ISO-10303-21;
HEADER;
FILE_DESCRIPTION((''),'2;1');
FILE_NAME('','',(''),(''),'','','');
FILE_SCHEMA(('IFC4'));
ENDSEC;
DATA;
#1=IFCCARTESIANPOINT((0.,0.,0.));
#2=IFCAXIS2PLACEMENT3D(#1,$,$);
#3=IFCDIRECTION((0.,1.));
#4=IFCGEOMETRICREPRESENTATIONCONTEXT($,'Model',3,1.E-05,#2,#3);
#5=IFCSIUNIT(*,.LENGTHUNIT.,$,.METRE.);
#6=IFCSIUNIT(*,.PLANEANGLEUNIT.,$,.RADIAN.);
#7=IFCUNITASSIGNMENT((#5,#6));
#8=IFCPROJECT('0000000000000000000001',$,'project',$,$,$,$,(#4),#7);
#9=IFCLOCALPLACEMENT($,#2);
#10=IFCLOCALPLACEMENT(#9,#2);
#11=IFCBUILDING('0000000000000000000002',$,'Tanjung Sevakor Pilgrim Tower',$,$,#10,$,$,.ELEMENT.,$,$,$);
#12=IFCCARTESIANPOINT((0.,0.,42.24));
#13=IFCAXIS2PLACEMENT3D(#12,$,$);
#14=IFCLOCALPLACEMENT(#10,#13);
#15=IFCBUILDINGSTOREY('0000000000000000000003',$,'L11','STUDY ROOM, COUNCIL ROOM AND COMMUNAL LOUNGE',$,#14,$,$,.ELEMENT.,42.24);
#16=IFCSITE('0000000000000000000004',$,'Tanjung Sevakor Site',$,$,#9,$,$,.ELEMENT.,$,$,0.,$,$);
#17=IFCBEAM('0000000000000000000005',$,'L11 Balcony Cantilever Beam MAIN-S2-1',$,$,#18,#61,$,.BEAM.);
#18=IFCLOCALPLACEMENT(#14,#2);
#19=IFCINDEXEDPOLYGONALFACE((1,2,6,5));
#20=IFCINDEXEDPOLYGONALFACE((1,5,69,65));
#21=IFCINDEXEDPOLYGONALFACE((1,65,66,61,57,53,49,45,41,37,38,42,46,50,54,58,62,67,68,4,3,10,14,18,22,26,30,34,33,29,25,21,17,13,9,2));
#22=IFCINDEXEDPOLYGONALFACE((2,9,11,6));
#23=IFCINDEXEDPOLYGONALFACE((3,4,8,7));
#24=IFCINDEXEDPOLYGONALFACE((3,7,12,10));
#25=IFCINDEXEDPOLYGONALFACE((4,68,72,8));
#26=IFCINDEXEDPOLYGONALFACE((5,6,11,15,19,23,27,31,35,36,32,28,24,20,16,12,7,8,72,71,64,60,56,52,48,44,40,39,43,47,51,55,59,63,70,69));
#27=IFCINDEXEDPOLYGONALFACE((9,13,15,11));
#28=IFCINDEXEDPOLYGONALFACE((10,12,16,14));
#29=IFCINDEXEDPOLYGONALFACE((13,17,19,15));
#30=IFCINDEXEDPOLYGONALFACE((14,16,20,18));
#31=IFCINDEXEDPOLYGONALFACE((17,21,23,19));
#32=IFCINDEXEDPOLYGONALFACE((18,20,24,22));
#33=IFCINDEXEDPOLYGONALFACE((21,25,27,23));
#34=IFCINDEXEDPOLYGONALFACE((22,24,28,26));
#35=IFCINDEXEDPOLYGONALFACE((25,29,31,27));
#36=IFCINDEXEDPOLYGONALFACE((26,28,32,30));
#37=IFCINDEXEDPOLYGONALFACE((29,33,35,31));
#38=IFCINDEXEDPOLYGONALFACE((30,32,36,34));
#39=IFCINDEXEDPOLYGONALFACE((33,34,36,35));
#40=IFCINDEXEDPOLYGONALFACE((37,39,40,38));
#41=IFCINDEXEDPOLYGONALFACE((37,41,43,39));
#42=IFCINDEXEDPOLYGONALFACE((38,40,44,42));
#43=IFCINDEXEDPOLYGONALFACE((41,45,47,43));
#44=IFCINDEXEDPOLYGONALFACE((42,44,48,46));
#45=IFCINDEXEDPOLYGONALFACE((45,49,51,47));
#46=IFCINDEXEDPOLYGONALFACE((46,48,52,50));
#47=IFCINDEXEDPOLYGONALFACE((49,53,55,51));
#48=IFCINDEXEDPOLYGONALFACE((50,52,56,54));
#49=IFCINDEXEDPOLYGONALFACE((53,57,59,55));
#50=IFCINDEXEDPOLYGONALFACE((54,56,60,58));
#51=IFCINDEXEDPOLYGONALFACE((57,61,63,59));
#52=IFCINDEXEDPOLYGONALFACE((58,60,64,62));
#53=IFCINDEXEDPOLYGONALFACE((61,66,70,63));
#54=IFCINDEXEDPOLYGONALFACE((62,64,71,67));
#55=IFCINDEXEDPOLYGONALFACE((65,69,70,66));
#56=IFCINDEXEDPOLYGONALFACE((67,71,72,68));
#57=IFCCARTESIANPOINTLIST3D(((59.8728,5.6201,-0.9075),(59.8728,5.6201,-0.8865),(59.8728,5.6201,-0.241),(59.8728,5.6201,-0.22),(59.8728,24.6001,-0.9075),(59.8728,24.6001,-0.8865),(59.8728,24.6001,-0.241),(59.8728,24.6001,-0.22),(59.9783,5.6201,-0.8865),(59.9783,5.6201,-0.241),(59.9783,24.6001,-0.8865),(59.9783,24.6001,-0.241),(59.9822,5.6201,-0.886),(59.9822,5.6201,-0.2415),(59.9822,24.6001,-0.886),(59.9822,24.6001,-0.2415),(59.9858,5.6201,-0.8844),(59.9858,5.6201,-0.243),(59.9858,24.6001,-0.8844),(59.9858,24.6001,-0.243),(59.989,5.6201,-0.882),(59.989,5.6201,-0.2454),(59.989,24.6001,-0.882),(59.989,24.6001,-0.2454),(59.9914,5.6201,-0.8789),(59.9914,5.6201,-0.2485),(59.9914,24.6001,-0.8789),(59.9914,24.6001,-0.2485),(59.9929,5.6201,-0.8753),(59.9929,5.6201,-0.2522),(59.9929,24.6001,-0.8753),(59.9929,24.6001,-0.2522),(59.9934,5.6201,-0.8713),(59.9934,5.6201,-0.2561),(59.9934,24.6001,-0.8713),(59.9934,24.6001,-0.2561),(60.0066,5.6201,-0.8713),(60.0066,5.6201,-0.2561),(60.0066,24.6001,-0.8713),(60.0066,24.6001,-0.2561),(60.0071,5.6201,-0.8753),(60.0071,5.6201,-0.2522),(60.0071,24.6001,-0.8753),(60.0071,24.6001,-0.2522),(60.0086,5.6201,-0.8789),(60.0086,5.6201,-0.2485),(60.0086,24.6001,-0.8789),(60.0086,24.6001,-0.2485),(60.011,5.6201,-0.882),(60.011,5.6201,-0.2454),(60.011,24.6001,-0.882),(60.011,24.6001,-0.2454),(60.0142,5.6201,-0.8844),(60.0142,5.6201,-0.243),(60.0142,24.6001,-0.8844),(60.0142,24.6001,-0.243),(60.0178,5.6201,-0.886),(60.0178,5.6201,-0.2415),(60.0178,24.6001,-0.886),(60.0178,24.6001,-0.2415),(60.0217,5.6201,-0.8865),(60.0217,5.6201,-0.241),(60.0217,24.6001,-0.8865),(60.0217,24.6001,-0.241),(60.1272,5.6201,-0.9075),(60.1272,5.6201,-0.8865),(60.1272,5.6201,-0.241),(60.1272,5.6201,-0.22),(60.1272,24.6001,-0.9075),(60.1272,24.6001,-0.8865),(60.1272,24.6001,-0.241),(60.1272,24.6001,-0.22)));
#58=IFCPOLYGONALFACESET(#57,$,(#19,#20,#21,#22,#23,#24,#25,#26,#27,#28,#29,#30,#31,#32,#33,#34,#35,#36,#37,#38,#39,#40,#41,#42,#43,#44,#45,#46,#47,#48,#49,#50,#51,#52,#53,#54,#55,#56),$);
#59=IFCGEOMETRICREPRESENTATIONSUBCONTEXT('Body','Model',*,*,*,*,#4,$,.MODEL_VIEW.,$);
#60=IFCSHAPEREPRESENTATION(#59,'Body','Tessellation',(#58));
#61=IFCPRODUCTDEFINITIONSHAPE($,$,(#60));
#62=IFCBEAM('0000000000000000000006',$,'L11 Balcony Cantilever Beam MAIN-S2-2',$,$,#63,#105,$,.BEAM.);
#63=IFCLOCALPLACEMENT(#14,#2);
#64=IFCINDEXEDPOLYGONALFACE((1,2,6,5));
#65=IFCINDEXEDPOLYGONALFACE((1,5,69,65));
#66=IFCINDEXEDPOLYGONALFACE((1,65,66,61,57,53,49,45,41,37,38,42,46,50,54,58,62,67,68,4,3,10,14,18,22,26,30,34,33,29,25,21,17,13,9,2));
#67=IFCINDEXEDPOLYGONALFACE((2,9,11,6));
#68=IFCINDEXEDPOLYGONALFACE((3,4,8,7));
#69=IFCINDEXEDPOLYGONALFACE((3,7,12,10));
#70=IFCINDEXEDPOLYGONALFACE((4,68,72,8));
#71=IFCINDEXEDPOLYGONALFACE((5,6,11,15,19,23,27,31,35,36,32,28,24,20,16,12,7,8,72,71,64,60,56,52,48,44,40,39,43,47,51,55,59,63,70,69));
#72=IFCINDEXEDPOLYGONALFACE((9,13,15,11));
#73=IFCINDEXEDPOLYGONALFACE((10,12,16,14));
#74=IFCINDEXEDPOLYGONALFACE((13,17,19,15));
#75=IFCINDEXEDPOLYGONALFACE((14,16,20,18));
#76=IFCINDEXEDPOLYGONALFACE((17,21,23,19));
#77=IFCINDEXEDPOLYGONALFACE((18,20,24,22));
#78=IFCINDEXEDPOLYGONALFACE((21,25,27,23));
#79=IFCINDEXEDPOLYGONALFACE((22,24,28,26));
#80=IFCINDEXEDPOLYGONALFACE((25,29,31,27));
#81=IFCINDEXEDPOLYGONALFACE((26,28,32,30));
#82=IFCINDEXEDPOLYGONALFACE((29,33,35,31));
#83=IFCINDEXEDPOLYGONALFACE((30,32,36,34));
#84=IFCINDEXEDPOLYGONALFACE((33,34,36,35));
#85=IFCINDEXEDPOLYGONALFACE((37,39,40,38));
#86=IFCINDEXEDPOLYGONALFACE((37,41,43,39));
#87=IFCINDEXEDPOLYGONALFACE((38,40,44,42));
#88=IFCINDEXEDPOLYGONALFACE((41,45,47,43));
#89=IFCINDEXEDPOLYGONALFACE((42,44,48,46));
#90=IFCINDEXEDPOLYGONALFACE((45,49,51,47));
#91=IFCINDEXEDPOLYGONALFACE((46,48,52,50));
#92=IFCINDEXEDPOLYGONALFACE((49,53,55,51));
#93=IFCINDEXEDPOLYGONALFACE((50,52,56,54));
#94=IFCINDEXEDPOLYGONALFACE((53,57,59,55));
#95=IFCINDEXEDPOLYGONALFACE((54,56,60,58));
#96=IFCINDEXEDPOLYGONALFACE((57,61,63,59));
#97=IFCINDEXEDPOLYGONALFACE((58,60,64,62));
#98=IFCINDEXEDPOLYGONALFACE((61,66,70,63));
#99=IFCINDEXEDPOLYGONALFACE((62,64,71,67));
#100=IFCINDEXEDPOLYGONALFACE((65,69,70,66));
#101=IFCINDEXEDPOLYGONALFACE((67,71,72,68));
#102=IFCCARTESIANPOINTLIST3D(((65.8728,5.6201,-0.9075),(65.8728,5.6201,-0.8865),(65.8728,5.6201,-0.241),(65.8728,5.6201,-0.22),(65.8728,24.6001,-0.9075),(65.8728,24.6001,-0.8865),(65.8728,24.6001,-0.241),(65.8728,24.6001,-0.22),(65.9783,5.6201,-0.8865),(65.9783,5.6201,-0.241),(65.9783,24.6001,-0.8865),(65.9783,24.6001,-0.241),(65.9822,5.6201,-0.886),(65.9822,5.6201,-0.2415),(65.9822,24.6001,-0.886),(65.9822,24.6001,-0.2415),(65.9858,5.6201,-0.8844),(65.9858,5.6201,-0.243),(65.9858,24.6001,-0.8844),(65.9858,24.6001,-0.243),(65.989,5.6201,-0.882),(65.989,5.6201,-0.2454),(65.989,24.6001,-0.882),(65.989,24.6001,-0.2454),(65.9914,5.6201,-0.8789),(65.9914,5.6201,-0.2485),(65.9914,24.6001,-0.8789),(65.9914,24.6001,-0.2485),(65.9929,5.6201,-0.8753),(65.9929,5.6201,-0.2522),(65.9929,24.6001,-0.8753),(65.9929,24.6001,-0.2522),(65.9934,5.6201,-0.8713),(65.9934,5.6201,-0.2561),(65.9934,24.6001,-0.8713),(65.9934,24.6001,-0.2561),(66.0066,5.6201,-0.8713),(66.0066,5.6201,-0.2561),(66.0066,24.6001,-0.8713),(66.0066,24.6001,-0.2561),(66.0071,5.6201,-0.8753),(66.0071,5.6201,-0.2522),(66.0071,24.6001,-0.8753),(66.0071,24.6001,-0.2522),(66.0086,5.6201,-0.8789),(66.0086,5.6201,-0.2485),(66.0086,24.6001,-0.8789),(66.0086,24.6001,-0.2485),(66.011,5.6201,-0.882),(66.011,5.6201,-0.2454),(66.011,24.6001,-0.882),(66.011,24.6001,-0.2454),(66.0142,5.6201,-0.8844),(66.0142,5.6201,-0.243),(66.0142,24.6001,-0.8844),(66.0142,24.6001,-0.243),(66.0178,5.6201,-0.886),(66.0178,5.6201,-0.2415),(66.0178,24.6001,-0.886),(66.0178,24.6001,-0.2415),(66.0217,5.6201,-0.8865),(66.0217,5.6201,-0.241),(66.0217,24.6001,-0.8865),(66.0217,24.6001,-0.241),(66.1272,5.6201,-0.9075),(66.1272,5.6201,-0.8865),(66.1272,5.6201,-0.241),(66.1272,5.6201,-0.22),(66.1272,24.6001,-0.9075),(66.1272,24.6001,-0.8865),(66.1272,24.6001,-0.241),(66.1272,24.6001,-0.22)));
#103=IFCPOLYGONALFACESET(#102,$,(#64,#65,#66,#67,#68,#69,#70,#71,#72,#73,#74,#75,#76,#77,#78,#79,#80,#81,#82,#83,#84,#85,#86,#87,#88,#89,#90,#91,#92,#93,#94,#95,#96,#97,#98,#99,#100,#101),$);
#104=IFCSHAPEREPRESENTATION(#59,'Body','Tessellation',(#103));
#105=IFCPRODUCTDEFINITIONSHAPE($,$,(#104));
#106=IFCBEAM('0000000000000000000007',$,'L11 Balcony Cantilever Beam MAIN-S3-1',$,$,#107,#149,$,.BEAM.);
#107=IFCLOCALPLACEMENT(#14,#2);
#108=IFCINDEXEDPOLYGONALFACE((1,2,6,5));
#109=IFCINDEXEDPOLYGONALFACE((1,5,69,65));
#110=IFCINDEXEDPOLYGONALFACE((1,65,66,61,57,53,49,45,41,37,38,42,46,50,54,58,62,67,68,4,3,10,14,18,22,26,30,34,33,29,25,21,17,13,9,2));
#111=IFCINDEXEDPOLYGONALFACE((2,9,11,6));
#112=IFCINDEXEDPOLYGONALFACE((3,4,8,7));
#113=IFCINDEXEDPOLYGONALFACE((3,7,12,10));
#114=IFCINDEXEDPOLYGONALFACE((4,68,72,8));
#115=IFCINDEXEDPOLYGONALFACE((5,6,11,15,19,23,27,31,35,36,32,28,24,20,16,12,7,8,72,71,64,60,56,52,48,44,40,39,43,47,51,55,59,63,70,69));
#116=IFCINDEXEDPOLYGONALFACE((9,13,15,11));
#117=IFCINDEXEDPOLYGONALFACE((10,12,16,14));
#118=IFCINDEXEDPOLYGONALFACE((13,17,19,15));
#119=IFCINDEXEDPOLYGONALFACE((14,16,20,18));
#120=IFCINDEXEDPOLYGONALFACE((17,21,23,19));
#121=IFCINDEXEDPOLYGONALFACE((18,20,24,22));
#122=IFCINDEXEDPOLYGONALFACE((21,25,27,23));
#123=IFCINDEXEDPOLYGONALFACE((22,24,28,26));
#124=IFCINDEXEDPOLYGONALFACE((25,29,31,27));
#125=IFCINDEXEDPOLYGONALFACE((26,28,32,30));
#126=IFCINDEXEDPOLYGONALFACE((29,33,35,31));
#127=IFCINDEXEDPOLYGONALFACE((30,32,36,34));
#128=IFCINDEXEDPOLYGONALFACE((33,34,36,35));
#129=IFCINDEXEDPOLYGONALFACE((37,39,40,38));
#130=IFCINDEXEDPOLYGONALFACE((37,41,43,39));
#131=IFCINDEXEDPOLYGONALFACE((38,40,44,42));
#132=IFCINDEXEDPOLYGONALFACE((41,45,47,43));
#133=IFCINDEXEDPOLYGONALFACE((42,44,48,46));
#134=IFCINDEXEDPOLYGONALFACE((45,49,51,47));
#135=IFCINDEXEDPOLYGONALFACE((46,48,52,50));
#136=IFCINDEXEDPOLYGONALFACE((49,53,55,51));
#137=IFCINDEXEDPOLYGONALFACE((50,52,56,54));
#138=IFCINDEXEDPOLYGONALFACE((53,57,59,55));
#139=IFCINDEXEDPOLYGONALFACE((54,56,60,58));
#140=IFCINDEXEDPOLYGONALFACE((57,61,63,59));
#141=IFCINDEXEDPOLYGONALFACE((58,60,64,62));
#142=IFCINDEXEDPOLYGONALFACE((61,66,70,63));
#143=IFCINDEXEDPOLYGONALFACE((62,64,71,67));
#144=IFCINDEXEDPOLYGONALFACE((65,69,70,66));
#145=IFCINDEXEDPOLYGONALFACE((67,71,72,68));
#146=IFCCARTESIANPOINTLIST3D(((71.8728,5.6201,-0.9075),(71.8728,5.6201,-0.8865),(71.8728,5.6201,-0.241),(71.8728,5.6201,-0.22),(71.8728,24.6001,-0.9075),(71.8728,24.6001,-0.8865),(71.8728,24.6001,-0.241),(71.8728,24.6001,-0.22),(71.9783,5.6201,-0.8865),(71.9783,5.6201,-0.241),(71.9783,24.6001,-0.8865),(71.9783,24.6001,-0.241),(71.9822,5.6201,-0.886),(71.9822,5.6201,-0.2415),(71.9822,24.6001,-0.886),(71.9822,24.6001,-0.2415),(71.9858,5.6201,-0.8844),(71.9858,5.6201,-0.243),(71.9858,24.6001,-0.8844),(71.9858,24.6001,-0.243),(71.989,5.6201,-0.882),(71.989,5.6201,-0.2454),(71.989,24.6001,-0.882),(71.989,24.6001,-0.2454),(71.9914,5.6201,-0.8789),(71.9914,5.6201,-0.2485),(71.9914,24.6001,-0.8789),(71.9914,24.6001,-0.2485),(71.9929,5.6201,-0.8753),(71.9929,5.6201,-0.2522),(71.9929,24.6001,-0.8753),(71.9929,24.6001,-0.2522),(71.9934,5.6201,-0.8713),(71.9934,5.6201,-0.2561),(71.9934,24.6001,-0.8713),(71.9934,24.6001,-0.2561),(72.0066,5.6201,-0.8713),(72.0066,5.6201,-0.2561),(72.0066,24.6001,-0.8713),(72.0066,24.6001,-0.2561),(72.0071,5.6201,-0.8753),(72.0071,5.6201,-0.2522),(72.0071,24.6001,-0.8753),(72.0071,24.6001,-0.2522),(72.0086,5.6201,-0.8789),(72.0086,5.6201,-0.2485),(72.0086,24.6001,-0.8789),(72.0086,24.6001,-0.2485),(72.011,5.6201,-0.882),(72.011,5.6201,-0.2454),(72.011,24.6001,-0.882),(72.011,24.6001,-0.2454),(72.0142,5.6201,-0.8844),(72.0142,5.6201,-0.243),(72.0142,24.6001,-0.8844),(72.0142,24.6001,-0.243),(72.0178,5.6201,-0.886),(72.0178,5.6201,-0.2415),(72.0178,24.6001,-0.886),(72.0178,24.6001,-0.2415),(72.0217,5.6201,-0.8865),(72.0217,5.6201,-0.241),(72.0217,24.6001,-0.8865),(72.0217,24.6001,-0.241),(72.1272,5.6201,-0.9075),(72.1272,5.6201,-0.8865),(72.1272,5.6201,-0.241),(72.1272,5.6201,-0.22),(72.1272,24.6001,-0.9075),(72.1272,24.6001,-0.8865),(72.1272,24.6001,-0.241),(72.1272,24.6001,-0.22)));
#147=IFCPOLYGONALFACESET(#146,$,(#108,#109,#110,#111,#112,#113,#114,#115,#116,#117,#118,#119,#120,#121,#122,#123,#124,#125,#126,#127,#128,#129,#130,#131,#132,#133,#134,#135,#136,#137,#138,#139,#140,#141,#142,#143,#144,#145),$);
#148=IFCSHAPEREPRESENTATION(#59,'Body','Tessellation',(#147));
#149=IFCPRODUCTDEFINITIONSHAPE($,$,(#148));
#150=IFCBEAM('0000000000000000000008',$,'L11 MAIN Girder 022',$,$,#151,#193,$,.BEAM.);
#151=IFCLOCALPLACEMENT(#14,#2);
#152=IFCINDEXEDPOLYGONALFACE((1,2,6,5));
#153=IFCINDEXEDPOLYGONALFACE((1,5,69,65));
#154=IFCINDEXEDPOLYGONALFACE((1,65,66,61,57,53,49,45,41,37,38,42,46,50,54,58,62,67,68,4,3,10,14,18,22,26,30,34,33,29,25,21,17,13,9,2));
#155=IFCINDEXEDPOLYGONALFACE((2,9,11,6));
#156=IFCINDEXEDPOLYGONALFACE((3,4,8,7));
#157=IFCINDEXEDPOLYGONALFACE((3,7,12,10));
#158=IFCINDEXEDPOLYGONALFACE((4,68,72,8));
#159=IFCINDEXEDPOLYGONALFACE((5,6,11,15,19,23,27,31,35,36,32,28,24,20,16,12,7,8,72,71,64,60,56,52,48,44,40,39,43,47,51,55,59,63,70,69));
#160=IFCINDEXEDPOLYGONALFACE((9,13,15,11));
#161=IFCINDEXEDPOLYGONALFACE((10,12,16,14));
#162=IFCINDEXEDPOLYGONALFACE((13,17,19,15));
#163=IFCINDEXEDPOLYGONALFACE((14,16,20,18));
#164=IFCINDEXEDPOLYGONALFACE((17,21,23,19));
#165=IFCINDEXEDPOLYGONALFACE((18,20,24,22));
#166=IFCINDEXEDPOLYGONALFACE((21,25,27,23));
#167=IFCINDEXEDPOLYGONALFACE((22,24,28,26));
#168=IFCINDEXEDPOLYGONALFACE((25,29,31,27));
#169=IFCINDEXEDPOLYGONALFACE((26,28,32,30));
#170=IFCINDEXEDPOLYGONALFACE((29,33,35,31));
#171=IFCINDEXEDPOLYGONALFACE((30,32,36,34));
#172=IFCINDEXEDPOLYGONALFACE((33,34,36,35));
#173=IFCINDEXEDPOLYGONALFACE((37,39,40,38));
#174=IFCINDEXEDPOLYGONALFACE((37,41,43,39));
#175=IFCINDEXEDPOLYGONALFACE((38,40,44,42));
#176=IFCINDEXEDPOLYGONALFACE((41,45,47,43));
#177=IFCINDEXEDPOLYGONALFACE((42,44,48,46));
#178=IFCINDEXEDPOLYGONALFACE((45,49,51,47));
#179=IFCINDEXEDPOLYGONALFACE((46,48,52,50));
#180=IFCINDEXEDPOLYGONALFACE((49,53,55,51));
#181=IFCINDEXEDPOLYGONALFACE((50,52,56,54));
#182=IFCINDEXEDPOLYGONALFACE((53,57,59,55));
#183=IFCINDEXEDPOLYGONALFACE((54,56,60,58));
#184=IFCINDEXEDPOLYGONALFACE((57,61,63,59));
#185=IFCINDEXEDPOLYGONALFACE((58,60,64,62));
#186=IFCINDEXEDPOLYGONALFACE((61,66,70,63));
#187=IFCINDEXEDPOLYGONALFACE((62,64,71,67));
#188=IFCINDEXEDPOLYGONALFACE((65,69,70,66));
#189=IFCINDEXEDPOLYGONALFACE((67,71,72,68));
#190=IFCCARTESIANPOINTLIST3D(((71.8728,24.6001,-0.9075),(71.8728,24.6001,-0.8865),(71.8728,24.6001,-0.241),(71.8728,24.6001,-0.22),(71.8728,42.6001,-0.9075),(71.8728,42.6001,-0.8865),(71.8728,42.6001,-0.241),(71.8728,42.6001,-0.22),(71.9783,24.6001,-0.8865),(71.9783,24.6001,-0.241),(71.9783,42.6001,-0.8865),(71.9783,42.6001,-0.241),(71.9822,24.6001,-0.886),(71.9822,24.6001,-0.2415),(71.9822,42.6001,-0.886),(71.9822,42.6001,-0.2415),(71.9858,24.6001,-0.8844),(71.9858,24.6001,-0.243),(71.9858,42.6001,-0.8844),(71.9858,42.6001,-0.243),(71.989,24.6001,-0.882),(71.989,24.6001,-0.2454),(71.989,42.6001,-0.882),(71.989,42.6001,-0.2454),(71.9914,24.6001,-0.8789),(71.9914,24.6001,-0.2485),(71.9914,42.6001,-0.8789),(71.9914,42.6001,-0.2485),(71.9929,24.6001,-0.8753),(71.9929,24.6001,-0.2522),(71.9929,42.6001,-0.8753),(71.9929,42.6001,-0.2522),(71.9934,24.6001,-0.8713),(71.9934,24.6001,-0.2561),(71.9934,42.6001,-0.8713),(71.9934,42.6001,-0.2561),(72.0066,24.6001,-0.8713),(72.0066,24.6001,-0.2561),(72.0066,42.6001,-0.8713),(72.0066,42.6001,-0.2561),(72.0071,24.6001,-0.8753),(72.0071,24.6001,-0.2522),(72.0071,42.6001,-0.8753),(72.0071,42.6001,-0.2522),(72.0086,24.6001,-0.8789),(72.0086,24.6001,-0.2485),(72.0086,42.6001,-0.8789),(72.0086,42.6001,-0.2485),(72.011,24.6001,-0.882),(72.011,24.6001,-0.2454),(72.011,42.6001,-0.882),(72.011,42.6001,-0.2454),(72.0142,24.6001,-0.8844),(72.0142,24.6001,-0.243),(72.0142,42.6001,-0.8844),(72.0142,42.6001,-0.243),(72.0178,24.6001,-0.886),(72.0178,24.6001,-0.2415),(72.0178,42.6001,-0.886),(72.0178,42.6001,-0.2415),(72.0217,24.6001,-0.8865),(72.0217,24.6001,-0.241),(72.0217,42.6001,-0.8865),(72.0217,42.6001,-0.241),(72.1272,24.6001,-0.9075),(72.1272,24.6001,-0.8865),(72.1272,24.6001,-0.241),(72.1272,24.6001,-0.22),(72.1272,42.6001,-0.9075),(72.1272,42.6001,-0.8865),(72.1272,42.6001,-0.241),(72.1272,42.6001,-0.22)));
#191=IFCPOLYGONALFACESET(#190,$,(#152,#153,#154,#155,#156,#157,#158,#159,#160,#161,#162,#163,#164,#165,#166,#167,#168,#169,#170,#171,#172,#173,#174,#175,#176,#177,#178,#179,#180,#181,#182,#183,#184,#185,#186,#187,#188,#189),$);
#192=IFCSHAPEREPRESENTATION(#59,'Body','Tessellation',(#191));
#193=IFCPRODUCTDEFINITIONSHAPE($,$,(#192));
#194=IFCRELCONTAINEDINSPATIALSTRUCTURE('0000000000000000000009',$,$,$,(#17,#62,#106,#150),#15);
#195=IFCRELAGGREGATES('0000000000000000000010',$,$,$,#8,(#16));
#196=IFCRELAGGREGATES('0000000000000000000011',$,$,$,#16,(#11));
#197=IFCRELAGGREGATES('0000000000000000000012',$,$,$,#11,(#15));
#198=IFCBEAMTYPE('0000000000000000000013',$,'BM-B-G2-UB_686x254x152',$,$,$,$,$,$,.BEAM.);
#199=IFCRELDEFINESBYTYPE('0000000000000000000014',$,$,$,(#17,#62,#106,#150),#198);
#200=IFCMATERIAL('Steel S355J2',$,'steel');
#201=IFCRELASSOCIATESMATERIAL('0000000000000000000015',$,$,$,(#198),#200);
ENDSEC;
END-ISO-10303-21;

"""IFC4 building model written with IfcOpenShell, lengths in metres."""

from ifc_helpers import new_model, si_unit, direction, frame, origin, origin_2d, place, context, subcontext, project, spatial, i_section, extrude, material, material_profile, profile_set, type_object, element, save


model = new_model("IFC4")

# Units and contexts
model_context = context("Model", 3, precision=1e-05, world=origin(), true_north=direction((0.0, 1.0)))
body_context = subcontext(model_context, "Body", "Model", "MODEL_VIEW")
ifc_project = project(units=[si_unit("LENGTHUNIT", "METRE"), si_unit("PLANEANGLEUNIT", "RADIAN")], contexts=[model_context])

# Site, building, storey
site_placement = place(None, origin())
site = spatial("IfcSite", under=ifc_project, at=site_placement, Name="Tanjung Sevakor Site", CompositionType="ELEMENT", RefElevation=0.0)
building_placement = place(site_placement, origin())
building = spatial("IfcBuilding", under=site, at=building_placement, Name="Tanjung Sevakor Pilgrim Tower", CompositionType="ELEMENT")
storey_placement = place(building_placement, frame((0.0, 0.0, 42.24)))
storey = spatial("IfcBuildingStorey", under=building, at=storey_placement, Name="L11", Description="STUDY ROOM, COUNCIL ROOM AND COMMUNAL LOUNGE", CompositionType="ELEMENT", Elevation=42.24)

# Beams
ifc_material_1 = material(Name="Steel S355J2", Category="steel")
ifc_material_profile_1 = material_profile(ifc_material_1, i_section(OverallWidth=0.2544, OverallDepth=0.6875, WebThickness=0.0132, FlangeThickness=0.021, FilletRadius=0.0151, at=origin_2d()))
ifc_profile_set_1 = profile_set([ifc_material_profile_1], Name="Steel S355J2")
beam_type_1 = type_object("IfcBeamType", Name="BM-B-G2-UB_686x254x152", PredefinedType="BEAM", material=ifc_profile_set_1)
for number, where, z_axis, x_axis, name in (
    (1, (60.0, 24.6001, -0.5637), (0.0, -1.0, 0.0), (1.0, 0.0, 0.0), "L11 Balcony Cantilever Beam MAIN-S2-1"),
    (2, (66.0, 24.6001, -0.5637), (0.0, -1.0, 0.0), (1.0, 0.0, 0.0), "L11 Balcony Cantilever Beam MAIN-S2-2"),
    (3, (72.0, 24.6001, -0.5637), (0.0, -1.0, 0.0), (1.0, 0.0, 0.0), "L11 Balcony Cantilever Beam MAIN-S3-1"),
):
    element("IfcBeam", number, at=place(storey_placement, frame(where, z_axis=z_axis, x_axis=x_axis)), inside=storey, type_object=beam_type_1, Name=name, PredefinedType="BEAM", context=body_context, shape_type="SweptSolid", body=[
        extrude(i_section(OverallWidth=0.2544, OverallDepth=0.6875, WebThickness=0.0132, FlangeThickness=0.021, FilletRadius=0.0151, at=origin_2d()), origin(), (0.0, 0.0, 1.0), 18.98),
    ])
beam_1_placement = place(storey_placement, frame((72.0, 24.6001, -0.5637), z_axis=(0.0, 1.0, 0.0), x_axis=(-1.0, 0.0, 0.0)))
element("IfcBeam", 4, at=beam_1_placement, inside=storey, type_object=beam_type_1, Name="L11 MAIN Girder 022", PredefinedType="BEAM", context=body_context, shape_type="SweptSolid", body=[
    extrude(i_section(OverallWidth=0.2544, OverallDepth=0.6875, WebThickness=0.0132, FlangeThickness=0.021, FilletRadius=0.0151, at=origin_2d()), origin(), (0.0, 0.0, 1.0), 18.0),
])

save(model, "model.ifc")
